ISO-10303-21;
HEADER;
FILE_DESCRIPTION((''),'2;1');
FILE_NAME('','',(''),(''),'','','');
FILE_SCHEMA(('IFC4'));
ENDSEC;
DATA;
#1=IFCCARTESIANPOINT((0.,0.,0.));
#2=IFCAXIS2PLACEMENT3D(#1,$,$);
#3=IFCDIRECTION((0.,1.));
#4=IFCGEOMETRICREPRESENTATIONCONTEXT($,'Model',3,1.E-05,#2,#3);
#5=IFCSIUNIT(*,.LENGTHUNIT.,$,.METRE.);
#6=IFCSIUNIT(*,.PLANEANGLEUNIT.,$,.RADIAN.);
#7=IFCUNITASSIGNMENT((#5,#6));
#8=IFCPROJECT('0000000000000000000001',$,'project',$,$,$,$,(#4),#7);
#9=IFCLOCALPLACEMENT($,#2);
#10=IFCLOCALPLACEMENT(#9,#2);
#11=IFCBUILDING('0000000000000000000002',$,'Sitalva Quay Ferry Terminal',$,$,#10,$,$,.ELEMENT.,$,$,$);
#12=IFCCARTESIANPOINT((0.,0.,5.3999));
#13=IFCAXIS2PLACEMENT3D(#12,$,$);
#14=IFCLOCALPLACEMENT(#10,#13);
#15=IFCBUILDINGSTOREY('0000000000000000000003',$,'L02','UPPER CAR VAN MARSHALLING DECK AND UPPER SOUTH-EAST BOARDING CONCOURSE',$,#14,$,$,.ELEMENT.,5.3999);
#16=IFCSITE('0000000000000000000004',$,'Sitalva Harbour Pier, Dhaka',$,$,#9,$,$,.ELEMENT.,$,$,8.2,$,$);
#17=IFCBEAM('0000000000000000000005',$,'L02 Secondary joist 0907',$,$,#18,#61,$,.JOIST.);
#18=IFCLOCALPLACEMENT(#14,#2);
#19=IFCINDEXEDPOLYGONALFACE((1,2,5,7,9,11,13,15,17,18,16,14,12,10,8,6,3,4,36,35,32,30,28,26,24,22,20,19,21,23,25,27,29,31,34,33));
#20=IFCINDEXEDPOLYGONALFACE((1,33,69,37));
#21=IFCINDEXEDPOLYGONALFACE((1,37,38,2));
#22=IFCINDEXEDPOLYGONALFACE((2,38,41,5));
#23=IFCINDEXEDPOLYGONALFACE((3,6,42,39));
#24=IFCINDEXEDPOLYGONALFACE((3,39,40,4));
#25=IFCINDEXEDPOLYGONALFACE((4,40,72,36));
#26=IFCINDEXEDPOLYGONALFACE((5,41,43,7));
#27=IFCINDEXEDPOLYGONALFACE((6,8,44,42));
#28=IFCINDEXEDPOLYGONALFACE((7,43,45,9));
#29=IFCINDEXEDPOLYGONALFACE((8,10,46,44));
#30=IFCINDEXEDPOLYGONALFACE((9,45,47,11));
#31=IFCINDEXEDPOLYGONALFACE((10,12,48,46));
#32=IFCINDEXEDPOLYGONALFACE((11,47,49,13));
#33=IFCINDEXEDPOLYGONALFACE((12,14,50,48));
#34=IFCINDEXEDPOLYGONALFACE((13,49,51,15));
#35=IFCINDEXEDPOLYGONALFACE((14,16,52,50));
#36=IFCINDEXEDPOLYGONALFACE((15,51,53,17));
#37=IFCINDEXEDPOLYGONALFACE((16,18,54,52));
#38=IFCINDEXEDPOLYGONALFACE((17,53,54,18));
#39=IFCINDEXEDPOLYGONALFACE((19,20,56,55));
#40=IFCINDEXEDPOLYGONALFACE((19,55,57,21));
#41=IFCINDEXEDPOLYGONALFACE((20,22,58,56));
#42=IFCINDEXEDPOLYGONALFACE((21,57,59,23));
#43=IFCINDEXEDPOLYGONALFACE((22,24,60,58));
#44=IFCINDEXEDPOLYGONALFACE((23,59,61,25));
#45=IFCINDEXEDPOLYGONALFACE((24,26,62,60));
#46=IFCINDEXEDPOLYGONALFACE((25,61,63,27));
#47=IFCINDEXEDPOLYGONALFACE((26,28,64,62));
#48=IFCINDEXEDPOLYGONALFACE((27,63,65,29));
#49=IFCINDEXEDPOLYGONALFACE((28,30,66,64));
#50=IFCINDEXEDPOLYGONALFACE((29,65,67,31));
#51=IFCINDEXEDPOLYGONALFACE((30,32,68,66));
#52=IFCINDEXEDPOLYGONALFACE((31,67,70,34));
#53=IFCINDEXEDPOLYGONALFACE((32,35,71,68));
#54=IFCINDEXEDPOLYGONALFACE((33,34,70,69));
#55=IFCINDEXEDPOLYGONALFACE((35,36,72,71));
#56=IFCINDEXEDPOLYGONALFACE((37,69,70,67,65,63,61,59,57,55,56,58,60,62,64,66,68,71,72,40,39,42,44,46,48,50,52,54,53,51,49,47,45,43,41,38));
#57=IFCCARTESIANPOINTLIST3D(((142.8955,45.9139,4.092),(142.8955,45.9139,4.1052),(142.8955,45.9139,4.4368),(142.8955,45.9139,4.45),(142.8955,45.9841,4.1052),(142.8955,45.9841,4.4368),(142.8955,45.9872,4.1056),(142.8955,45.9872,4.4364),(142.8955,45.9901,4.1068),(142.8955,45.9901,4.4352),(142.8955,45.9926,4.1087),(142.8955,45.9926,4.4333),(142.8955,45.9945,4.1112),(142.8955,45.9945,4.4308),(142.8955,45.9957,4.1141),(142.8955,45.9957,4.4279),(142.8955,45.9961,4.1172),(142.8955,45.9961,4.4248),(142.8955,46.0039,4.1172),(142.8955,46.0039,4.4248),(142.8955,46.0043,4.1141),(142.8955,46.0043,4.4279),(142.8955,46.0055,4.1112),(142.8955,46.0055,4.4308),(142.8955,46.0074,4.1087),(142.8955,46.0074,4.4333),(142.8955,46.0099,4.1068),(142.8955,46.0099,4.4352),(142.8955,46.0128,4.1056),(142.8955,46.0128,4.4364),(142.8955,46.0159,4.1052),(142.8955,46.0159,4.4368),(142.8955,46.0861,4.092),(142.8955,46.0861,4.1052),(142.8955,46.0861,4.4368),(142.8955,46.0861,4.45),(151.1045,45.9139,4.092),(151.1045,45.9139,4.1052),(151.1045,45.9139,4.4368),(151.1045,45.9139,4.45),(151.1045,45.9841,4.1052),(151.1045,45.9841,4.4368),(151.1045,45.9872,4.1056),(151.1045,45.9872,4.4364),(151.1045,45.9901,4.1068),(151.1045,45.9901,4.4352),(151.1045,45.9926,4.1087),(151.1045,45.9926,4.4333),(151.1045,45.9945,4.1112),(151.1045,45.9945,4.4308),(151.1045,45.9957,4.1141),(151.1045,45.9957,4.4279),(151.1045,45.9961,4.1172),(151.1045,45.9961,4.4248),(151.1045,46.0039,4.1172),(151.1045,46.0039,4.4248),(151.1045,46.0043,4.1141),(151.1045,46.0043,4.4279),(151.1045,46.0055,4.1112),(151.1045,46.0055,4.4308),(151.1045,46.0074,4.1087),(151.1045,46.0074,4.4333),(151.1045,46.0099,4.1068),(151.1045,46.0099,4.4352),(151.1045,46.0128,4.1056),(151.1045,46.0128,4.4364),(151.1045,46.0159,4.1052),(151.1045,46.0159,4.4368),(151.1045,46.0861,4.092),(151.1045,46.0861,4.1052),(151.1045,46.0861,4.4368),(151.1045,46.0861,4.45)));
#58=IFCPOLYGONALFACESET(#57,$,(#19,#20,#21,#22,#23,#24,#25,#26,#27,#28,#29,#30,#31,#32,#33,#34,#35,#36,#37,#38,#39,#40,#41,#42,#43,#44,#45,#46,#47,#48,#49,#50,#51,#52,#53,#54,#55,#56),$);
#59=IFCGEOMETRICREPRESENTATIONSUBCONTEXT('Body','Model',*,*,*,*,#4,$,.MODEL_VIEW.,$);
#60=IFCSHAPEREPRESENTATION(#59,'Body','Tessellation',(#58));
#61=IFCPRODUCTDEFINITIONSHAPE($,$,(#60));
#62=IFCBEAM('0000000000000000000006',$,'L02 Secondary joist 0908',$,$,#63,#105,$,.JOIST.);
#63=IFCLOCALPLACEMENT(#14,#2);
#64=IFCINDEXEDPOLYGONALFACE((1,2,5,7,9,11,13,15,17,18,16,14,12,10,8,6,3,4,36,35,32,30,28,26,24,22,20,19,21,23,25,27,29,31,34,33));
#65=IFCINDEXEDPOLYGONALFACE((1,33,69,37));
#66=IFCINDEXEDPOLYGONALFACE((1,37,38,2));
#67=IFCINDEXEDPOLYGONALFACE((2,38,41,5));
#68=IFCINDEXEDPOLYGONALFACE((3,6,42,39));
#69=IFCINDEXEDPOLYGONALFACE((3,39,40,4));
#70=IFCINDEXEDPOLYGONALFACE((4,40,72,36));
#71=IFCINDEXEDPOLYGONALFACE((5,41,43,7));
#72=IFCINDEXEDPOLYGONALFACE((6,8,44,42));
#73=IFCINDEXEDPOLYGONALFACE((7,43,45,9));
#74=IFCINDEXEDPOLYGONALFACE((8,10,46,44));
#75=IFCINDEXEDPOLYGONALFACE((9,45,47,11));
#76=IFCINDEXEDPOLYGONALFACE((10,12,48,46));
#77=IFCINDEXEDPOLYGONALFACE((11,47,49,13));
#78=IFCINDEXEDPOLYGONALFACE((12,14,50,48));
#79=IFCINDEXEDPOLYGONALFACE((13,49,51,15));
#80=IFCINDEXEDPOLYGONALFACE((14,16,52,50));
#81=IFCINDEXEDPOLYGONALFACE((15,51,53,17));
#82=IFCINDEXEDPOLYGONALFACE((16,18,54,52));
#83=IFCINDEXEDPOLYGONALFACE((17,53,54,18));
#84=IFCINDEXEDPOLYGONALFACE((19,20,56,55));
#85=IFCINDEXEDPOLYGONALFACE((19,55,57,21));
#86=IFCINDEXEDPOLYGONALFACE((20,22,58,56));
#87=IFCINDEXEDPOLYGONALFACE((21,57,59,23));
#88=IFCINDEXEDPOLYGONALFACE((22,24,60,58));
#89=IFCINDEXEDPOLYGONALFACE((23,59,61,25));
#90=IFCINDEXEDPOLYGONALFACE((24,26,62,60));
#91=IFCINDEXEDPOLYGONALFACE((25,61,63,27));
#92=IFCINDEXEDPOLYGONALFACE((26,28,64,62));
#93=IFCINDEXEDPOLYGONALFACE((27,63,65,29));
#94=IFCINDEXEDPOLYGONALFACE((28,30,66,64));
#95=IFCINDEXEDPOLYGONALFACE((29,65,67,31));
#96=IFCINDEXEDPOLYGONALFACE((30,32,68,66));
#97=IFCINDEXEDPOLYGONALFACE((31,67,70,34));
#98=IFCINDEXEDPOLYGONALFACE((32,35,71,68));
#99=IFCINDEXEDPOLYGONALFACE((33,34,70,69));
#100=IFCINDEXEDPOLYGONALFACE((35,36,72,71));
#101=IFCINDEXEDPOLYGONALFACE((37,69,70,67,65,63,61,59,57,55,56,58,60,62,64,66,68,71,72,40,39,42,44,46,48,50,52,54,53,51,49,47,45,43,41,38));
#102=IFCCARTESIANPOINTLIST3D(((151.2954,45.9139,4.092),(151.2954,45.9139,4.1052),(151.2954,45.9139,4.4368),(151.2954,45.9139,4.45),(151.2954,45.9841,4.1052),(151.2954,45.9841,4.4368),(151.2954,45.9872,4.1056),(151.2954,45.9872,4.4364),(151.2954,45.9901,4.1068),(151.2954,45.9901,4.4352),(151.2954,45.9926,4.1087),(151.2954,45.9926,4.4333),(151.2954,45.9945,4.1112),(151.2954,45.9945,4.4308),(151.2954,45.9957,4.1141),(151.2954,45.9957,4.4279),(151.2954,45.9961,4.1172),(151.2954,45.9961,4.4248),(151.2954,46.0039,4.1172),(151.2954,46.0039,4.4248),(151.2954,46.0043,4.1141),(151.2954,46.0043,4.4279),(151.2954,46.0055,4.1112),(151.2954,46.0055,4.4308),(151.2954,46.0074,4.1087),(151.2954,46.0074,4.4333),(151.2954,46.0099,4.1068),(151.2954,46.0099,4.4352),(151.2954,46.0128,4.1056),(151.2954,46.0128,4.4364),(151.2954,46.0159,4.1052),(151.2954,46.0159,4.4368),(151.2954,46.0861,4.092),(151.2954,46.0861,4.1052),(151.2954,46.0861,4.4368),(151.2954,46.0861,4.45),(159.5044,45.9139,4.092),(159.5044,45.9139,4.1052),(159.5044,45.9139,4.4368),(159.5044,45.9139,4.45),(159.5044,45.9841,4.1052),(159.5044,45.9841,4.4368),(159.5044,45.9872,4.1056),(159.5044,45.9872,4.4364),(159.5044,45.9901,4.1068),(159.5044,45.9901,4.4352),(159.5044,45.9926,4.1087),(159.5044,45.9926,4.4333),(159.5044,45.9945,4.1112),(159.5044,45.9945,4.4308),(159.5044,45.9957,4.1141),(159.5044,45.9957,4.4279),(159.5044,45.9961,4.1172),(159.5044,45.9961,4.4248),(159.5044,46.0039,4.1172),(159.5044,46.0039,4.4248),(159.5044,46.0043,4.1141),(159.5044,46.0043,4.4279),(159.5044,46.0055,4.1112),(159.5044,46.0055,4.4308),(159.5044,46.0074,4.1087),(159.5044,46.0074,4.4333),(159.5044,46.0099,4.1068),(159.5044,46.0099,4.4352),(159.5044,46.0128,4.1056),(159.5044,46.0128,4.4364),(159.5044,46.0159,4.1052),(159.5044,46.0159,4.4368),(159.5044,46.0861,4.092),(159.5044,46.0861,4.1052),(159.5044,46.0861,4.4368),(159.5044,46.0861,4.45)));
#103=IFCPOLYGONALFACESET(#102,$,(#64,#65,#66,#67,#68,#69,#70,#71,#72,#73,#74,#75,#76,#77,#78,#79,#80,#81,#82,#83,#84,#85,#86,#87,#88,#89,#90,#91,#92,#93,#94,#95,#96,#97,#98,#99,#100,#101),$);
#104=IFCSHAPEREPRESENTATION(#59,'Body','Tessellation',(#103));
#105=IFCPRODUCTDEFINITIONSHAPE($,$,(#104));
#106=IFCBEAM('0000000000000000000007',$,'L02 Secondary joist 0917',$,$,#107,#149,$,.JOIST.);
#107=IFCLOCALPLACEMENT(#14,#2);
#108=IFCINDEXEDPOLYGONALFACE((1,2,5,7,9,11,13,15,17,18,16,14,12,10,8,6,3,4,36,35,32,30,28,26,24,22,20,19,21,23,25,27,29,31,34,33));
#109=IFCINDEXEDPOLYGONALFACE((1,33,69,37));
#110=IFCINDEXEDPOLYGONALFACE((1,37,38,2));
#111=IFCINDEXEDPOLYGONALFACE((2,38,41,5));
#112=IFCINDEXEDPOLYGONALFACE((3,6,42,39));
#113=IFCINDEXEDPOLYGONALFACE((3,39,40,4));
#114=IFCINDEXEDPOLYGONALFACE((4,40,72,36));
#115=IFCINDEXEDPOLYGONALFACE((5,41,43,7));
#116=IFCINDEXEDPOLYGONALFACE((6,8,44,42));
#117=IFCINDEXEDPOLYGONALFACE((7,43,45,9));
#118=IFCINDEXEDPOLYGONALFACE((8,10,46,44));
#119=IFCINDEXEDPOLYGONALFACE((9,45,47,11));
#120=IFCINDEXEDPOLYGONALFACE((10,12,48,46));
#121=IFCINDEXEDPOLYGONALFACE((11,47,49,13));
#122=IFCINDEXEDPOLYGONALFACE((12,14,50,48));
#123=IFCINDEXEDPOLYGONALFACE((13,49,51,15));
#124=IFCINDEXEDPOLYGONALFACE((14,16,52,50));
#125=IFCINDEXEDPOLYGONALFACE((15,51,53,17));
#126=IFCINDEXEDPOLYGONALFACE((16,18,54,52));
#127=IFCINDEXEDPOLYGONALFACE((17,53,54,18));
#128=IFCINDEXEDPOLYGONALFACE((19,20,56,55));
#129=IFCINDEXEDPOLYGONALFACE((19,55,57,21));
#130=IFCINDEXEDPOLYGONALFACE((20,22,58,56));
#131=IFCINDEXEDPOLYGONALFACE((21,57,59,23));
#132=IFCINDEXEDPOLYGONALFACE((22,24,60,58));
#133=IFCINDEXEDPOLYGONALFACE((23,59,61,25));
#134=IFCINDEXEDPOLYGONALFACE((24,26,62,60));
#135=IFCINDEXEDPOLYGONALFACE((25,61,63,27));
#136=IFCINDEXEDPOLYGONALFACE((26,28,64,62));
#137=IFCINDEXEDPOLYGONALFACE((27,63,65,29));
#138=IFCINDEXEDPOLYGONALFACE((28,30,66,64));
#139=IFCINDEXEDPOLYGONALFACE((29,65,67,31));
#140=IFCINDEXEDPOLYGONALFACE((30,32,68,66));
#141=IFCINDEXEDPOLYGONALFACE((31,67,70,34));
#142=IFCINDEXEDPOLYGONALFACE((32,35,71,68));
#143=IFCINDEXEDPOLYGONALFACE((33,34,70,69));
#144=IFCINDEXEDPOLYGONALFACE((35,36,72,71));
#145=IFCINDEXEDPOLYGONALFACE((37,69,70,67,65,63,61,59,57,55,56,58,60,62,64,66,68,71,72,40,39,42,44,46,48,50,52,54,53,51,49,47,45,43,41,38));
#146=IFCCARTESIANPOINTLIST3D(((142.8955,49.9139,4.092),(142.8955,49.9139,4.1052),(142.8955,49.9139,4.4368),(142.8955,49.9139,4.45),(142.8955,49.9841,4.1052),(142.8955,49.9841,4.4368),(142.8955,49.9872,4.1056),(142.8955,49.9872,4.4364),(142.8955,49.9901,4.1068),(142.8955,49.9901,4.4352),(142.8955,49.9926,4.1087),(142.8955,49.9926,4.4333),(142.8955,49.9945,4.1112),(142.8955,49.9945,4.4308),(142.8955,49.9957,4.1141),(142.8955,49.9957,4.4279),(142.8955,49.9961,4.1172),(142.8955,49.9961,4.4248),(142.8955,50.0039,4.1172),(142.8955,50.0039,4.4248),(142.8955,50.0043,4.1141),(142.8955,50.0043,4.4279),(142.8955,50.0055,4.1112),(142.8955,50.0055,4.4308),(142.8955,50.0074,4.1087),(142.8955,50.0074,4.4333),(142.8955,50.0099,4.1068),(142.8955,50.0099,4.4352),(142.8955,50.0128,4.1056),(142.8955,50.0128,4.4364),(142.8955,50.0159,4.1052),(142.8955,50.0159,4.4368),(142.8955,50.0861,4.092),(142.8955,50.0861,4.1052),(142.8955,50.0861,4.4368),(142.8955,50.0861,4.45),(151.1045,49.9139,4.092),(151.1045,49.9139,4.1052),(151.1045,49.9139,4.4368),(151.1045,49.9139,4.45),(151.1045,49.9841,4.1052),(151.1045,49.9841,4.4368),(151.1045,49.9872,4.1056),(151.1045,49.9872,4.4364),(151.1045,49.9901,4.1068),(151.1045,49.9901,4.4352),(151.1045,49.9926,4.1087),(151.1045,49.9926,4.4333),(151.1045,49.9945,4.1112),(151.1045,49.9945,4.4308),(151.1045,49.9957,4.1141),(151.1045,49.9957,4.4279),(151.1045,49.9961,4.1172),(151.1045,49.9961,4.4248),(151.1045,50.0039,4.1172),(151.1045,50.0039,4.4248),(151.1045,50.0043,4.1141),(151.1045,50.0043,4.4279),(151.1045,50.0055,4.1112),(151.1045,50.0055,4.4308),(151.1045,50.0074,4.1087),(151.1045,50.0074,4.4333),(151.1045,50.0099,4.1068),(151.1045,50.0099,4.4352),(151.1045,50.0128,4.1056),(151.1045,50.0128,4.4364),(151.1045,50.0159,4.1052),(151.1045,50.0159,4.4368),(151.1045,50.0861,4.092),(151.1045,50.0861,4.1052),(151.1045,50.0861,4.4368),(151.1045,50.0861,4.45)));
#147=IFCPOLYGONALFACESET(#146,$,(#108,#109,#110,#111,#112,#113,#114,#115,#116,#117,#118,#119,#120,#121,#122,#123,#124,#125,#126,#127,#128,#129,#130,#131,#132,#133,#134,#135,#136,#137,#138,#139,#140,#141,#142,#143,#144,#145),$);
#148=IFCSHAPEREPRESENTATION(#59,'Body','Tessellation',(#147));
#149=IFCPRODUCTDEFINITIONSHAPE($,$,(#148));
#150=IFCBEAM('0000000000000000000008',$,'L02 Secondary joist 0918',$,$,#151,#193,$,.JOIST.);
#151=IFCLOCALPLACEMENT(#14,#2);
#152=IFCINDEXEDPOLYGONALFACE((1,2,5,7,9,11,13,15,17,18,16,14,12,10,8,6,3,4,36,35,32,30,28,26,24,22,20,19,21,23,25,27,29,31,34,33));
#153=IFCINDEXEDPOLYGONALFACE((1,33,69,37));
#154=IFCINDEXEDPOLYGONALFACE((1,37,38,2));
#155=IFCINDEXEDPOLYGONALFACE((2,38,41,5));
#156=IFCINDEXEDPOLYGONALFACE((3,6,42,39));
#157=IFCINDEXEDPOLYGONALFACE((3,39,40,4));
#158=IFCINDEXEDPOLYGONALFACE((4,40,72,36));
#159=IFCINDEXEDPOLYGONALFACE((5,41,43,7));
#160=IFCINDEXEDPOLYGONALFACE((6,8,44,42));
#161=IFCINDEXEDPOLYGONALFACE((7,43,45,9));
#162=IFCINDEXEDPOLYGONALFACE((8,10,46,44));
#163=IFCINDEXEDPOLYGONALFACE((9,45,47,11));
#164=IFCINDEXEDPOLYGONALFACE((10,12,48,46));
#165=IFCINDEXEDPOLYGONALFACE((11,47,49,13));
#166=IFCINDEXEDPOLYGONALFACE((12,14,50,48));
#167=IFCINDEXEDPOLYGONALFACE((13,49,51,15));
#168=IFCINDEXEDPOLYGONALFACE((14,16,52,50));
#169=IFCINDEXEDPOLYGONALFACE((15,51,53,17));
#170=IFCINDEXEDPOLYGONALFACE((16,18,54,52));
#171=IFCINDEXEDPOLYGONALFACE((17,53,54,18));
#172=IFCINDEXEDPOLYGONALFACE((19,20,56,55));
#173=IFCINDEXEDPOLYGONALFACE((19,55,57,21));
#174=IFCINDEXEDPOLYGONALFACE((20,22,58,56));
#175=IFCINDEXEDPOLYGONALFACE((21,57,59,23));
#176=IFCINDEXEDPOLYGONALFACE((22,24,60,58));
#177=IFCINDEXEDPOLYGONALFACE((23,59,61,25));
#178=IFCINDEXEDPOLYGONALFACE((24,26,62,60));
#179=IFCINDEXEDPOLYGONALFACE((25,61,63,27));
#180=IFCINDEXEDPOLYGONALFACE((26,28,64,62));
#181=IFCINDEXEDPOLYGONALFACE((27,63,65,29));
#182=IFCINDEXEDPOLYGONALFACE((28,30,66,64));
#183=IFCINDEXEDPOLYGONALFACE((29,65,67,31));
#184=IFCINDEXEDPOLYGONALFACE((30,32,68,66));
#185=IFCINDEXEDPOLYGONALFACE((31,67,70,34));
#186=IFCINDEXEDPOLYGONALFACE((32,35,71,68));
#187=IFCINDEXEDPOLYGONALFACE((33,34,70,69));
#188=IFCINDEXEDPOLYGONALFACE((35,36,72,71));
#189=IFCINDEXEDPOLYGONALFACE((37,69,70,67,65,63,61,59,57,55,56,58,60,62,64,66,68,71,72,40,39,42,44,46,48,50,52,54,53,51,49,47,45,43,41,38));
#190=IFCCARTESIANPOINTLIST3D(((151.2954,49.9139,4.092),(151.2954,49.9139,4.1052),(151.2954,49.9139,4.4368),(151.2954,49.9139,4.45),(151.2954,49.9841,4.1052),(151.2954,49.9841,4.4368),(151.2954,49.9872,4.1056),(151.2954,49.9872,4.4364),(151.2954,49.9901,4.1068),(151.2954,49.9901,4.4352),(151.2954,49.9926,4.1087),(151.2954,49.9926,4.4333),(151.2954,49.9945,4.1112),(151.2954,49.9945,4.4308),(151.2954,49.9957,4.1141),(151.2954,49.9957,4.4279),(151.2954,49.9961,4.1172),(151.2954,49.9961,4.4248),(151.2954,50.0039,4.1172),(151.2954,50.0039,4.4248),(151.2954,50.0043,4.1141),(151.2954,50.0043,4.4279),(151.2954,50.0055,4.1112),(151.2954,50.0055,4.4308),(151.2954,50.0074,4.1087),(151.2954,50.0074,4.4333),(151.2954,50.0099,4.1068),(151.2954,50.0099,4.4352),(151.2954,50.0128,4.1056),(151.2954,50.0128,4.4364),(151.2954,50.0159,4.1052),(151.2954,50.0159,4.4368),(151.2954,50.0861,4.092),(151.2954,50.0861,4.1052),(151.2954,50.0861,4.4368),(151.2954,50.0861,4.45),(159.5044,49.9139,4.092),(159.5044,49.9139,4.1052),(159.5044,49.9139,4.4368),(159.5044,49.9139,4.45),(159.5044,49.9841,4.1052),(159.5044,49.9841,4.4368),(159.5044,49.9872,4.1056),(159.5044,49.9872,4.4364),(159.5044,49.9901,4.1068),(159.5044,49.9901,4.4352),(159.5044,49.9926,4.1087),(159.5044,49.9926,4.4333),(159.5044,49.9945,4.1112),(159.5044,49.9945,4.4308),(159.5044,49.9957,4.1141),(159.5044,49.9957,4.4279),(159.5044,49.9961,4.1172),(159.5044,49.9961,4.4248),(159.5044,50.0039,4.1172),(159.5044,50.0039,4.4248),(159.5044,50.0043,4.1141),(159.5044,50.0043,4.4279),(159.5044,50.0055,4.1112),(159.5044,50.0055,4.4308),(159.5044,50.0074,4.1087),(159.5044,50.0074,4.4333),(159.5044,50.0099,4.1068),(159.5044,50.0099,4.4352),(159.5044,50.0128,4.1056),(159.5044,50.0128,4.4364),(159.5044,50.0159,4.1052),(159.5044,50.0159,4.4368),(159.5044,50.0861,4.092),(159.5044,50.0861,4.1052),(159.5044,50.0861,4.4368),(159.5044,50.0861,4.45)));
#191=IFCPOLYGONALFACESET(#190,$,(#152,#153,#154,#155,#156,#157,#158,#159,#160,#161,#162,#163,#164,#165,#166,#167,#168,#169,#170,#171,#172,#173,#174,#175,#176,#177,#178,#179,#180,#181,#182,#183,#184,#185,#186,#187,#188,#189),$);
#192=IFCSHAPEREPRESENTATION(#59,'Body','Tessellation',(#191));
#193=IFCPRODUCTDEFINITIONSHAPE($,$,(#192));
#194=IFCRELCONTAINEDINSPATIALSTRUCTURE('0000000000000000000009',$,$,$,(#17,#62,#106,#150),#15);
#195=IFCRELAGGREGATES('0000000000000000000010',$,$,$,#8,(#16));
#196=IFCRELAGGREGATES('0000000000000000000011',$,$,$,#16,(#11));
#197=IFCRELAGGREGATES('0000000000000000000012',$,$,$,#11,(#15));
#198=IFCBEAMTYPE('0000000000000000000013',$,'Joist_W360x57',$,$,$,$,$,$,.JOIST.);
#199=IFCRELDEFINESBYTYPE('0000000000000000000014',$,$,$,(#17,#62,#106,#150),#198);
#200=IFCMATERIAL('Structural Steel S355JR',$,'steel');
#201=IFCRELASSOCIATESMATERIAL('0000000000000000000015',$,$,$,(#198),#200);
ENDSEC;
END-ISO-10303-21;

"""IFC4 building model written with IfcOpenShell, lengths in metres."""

from ifc_helpers import new_model, si_unit, direction, frame, origin, origin_2d, place, context, subcontext, project, spatial, i_section, extrude, material, material_profile, profile_set, type_object, element, save


model = new_model("IFC4")

# Units and contexts
model_context = context("Model", 3, precision=1e-05, world=origin(), true_north=direction((0.0, 1.0)))
body_context = subcontext(model_context, "Body", "Model", "MODEL_VIEW")
ifc_project = project(units=[si_unit("LENGTHUNIT", "METRE"), si_unit("PLANEANGLEUNIT", "RADIAN")], contexts=[model_context])

# Site, building, storey
site_placement = place(None, origin())
site = spatial("IfcSite", under=ifc_project, at=site_placement, Name="Sitalva Harbour Pier, Dhaka", CompositionType="ELEMENT", RefElevation=8.2)
building_placement = place(site_placement, origin())
building = spatial("IfcBuilding", under=site, at=building_placement, Name="Sitalva Quay Ferry Terminal", CompositionType="ELEMENT")
storey_placement = place(building_placement, frame((0.0, 0.0, 5.3999)))
storey = spatial("IfcBuildingStorey", under=building, at=storey_placement, Name="L02", Description="UPPER CAR VAN MARSHALLING DECK AND UPPER SOUTH-EAST BOARDING CONCOURSE", CompositionType="ELEMENT", Elevation=5.3999)

# Beams
ifc_material_1 = material(Name="Structural Steel S355JR", Category="steel")
ifc_material_profile_1 = material_profile(ifc_material_1, i_section(OverallWidth=0.1721, OverallDepth=0.3579, WebThickness=0.0078, FlangeThickness=0.0132, FilletRadius=0.012, at=origin_2d()), Name="W360x57")
ifc_profile_set_1 = profile_set([ifc_material_profile_1], Name="Structural Steel S355JR")
beam_type_1 = type_object("IfcBeamType", Name="Joist_W360x57", PredefinedType="JOIST", material=ifc_profile_set_1)
for number, where, z_axis, x_axis, name in (
    (1, (142.8955, 46.0, 4.271), (1.0, 0.0, 0.0), (0.0, 1.0, 0.0), "L02 Secondary joist 0907"),
    (2, (151.2954, 46.0, 4.271), (1.0, 0.0, 0.0), (0.0, 1.0, 0.0), "L02 Secondary joist 0908"),
    (3, (142.8955, 50.0, 4.271), (1.0, 0.0, 0.0), (0.0, 1.0, 0.0), "L02 Secondary joist 0917"),
    (4, (151.2954, 50.0, 4.271), (1.0, 0.0, 0.0), (0.0, 1.0, 0.0), "L02 Secondary joist 0918"),
):
    element("IfcBeam", number, at=place(storey_placement, frame(where, z_axis=z_axis, x_axis=x_axis)), inside=storey, type_object=beam_type_1, Name=name, PredefinedType="JOIST", context=body_context, shape_type="SweptSolid", body=[
        extrude(i_section(OverallWidth=0.1721, OverallDepth=0.3579, WebThickness=0.0078, FlangeThickness=0.0132, FilletRadius=0.012, at=origin_2d()), origin(), (0.0, 0.0, 1.0), 8.209),
    ])

save(model, "model.ifc")
